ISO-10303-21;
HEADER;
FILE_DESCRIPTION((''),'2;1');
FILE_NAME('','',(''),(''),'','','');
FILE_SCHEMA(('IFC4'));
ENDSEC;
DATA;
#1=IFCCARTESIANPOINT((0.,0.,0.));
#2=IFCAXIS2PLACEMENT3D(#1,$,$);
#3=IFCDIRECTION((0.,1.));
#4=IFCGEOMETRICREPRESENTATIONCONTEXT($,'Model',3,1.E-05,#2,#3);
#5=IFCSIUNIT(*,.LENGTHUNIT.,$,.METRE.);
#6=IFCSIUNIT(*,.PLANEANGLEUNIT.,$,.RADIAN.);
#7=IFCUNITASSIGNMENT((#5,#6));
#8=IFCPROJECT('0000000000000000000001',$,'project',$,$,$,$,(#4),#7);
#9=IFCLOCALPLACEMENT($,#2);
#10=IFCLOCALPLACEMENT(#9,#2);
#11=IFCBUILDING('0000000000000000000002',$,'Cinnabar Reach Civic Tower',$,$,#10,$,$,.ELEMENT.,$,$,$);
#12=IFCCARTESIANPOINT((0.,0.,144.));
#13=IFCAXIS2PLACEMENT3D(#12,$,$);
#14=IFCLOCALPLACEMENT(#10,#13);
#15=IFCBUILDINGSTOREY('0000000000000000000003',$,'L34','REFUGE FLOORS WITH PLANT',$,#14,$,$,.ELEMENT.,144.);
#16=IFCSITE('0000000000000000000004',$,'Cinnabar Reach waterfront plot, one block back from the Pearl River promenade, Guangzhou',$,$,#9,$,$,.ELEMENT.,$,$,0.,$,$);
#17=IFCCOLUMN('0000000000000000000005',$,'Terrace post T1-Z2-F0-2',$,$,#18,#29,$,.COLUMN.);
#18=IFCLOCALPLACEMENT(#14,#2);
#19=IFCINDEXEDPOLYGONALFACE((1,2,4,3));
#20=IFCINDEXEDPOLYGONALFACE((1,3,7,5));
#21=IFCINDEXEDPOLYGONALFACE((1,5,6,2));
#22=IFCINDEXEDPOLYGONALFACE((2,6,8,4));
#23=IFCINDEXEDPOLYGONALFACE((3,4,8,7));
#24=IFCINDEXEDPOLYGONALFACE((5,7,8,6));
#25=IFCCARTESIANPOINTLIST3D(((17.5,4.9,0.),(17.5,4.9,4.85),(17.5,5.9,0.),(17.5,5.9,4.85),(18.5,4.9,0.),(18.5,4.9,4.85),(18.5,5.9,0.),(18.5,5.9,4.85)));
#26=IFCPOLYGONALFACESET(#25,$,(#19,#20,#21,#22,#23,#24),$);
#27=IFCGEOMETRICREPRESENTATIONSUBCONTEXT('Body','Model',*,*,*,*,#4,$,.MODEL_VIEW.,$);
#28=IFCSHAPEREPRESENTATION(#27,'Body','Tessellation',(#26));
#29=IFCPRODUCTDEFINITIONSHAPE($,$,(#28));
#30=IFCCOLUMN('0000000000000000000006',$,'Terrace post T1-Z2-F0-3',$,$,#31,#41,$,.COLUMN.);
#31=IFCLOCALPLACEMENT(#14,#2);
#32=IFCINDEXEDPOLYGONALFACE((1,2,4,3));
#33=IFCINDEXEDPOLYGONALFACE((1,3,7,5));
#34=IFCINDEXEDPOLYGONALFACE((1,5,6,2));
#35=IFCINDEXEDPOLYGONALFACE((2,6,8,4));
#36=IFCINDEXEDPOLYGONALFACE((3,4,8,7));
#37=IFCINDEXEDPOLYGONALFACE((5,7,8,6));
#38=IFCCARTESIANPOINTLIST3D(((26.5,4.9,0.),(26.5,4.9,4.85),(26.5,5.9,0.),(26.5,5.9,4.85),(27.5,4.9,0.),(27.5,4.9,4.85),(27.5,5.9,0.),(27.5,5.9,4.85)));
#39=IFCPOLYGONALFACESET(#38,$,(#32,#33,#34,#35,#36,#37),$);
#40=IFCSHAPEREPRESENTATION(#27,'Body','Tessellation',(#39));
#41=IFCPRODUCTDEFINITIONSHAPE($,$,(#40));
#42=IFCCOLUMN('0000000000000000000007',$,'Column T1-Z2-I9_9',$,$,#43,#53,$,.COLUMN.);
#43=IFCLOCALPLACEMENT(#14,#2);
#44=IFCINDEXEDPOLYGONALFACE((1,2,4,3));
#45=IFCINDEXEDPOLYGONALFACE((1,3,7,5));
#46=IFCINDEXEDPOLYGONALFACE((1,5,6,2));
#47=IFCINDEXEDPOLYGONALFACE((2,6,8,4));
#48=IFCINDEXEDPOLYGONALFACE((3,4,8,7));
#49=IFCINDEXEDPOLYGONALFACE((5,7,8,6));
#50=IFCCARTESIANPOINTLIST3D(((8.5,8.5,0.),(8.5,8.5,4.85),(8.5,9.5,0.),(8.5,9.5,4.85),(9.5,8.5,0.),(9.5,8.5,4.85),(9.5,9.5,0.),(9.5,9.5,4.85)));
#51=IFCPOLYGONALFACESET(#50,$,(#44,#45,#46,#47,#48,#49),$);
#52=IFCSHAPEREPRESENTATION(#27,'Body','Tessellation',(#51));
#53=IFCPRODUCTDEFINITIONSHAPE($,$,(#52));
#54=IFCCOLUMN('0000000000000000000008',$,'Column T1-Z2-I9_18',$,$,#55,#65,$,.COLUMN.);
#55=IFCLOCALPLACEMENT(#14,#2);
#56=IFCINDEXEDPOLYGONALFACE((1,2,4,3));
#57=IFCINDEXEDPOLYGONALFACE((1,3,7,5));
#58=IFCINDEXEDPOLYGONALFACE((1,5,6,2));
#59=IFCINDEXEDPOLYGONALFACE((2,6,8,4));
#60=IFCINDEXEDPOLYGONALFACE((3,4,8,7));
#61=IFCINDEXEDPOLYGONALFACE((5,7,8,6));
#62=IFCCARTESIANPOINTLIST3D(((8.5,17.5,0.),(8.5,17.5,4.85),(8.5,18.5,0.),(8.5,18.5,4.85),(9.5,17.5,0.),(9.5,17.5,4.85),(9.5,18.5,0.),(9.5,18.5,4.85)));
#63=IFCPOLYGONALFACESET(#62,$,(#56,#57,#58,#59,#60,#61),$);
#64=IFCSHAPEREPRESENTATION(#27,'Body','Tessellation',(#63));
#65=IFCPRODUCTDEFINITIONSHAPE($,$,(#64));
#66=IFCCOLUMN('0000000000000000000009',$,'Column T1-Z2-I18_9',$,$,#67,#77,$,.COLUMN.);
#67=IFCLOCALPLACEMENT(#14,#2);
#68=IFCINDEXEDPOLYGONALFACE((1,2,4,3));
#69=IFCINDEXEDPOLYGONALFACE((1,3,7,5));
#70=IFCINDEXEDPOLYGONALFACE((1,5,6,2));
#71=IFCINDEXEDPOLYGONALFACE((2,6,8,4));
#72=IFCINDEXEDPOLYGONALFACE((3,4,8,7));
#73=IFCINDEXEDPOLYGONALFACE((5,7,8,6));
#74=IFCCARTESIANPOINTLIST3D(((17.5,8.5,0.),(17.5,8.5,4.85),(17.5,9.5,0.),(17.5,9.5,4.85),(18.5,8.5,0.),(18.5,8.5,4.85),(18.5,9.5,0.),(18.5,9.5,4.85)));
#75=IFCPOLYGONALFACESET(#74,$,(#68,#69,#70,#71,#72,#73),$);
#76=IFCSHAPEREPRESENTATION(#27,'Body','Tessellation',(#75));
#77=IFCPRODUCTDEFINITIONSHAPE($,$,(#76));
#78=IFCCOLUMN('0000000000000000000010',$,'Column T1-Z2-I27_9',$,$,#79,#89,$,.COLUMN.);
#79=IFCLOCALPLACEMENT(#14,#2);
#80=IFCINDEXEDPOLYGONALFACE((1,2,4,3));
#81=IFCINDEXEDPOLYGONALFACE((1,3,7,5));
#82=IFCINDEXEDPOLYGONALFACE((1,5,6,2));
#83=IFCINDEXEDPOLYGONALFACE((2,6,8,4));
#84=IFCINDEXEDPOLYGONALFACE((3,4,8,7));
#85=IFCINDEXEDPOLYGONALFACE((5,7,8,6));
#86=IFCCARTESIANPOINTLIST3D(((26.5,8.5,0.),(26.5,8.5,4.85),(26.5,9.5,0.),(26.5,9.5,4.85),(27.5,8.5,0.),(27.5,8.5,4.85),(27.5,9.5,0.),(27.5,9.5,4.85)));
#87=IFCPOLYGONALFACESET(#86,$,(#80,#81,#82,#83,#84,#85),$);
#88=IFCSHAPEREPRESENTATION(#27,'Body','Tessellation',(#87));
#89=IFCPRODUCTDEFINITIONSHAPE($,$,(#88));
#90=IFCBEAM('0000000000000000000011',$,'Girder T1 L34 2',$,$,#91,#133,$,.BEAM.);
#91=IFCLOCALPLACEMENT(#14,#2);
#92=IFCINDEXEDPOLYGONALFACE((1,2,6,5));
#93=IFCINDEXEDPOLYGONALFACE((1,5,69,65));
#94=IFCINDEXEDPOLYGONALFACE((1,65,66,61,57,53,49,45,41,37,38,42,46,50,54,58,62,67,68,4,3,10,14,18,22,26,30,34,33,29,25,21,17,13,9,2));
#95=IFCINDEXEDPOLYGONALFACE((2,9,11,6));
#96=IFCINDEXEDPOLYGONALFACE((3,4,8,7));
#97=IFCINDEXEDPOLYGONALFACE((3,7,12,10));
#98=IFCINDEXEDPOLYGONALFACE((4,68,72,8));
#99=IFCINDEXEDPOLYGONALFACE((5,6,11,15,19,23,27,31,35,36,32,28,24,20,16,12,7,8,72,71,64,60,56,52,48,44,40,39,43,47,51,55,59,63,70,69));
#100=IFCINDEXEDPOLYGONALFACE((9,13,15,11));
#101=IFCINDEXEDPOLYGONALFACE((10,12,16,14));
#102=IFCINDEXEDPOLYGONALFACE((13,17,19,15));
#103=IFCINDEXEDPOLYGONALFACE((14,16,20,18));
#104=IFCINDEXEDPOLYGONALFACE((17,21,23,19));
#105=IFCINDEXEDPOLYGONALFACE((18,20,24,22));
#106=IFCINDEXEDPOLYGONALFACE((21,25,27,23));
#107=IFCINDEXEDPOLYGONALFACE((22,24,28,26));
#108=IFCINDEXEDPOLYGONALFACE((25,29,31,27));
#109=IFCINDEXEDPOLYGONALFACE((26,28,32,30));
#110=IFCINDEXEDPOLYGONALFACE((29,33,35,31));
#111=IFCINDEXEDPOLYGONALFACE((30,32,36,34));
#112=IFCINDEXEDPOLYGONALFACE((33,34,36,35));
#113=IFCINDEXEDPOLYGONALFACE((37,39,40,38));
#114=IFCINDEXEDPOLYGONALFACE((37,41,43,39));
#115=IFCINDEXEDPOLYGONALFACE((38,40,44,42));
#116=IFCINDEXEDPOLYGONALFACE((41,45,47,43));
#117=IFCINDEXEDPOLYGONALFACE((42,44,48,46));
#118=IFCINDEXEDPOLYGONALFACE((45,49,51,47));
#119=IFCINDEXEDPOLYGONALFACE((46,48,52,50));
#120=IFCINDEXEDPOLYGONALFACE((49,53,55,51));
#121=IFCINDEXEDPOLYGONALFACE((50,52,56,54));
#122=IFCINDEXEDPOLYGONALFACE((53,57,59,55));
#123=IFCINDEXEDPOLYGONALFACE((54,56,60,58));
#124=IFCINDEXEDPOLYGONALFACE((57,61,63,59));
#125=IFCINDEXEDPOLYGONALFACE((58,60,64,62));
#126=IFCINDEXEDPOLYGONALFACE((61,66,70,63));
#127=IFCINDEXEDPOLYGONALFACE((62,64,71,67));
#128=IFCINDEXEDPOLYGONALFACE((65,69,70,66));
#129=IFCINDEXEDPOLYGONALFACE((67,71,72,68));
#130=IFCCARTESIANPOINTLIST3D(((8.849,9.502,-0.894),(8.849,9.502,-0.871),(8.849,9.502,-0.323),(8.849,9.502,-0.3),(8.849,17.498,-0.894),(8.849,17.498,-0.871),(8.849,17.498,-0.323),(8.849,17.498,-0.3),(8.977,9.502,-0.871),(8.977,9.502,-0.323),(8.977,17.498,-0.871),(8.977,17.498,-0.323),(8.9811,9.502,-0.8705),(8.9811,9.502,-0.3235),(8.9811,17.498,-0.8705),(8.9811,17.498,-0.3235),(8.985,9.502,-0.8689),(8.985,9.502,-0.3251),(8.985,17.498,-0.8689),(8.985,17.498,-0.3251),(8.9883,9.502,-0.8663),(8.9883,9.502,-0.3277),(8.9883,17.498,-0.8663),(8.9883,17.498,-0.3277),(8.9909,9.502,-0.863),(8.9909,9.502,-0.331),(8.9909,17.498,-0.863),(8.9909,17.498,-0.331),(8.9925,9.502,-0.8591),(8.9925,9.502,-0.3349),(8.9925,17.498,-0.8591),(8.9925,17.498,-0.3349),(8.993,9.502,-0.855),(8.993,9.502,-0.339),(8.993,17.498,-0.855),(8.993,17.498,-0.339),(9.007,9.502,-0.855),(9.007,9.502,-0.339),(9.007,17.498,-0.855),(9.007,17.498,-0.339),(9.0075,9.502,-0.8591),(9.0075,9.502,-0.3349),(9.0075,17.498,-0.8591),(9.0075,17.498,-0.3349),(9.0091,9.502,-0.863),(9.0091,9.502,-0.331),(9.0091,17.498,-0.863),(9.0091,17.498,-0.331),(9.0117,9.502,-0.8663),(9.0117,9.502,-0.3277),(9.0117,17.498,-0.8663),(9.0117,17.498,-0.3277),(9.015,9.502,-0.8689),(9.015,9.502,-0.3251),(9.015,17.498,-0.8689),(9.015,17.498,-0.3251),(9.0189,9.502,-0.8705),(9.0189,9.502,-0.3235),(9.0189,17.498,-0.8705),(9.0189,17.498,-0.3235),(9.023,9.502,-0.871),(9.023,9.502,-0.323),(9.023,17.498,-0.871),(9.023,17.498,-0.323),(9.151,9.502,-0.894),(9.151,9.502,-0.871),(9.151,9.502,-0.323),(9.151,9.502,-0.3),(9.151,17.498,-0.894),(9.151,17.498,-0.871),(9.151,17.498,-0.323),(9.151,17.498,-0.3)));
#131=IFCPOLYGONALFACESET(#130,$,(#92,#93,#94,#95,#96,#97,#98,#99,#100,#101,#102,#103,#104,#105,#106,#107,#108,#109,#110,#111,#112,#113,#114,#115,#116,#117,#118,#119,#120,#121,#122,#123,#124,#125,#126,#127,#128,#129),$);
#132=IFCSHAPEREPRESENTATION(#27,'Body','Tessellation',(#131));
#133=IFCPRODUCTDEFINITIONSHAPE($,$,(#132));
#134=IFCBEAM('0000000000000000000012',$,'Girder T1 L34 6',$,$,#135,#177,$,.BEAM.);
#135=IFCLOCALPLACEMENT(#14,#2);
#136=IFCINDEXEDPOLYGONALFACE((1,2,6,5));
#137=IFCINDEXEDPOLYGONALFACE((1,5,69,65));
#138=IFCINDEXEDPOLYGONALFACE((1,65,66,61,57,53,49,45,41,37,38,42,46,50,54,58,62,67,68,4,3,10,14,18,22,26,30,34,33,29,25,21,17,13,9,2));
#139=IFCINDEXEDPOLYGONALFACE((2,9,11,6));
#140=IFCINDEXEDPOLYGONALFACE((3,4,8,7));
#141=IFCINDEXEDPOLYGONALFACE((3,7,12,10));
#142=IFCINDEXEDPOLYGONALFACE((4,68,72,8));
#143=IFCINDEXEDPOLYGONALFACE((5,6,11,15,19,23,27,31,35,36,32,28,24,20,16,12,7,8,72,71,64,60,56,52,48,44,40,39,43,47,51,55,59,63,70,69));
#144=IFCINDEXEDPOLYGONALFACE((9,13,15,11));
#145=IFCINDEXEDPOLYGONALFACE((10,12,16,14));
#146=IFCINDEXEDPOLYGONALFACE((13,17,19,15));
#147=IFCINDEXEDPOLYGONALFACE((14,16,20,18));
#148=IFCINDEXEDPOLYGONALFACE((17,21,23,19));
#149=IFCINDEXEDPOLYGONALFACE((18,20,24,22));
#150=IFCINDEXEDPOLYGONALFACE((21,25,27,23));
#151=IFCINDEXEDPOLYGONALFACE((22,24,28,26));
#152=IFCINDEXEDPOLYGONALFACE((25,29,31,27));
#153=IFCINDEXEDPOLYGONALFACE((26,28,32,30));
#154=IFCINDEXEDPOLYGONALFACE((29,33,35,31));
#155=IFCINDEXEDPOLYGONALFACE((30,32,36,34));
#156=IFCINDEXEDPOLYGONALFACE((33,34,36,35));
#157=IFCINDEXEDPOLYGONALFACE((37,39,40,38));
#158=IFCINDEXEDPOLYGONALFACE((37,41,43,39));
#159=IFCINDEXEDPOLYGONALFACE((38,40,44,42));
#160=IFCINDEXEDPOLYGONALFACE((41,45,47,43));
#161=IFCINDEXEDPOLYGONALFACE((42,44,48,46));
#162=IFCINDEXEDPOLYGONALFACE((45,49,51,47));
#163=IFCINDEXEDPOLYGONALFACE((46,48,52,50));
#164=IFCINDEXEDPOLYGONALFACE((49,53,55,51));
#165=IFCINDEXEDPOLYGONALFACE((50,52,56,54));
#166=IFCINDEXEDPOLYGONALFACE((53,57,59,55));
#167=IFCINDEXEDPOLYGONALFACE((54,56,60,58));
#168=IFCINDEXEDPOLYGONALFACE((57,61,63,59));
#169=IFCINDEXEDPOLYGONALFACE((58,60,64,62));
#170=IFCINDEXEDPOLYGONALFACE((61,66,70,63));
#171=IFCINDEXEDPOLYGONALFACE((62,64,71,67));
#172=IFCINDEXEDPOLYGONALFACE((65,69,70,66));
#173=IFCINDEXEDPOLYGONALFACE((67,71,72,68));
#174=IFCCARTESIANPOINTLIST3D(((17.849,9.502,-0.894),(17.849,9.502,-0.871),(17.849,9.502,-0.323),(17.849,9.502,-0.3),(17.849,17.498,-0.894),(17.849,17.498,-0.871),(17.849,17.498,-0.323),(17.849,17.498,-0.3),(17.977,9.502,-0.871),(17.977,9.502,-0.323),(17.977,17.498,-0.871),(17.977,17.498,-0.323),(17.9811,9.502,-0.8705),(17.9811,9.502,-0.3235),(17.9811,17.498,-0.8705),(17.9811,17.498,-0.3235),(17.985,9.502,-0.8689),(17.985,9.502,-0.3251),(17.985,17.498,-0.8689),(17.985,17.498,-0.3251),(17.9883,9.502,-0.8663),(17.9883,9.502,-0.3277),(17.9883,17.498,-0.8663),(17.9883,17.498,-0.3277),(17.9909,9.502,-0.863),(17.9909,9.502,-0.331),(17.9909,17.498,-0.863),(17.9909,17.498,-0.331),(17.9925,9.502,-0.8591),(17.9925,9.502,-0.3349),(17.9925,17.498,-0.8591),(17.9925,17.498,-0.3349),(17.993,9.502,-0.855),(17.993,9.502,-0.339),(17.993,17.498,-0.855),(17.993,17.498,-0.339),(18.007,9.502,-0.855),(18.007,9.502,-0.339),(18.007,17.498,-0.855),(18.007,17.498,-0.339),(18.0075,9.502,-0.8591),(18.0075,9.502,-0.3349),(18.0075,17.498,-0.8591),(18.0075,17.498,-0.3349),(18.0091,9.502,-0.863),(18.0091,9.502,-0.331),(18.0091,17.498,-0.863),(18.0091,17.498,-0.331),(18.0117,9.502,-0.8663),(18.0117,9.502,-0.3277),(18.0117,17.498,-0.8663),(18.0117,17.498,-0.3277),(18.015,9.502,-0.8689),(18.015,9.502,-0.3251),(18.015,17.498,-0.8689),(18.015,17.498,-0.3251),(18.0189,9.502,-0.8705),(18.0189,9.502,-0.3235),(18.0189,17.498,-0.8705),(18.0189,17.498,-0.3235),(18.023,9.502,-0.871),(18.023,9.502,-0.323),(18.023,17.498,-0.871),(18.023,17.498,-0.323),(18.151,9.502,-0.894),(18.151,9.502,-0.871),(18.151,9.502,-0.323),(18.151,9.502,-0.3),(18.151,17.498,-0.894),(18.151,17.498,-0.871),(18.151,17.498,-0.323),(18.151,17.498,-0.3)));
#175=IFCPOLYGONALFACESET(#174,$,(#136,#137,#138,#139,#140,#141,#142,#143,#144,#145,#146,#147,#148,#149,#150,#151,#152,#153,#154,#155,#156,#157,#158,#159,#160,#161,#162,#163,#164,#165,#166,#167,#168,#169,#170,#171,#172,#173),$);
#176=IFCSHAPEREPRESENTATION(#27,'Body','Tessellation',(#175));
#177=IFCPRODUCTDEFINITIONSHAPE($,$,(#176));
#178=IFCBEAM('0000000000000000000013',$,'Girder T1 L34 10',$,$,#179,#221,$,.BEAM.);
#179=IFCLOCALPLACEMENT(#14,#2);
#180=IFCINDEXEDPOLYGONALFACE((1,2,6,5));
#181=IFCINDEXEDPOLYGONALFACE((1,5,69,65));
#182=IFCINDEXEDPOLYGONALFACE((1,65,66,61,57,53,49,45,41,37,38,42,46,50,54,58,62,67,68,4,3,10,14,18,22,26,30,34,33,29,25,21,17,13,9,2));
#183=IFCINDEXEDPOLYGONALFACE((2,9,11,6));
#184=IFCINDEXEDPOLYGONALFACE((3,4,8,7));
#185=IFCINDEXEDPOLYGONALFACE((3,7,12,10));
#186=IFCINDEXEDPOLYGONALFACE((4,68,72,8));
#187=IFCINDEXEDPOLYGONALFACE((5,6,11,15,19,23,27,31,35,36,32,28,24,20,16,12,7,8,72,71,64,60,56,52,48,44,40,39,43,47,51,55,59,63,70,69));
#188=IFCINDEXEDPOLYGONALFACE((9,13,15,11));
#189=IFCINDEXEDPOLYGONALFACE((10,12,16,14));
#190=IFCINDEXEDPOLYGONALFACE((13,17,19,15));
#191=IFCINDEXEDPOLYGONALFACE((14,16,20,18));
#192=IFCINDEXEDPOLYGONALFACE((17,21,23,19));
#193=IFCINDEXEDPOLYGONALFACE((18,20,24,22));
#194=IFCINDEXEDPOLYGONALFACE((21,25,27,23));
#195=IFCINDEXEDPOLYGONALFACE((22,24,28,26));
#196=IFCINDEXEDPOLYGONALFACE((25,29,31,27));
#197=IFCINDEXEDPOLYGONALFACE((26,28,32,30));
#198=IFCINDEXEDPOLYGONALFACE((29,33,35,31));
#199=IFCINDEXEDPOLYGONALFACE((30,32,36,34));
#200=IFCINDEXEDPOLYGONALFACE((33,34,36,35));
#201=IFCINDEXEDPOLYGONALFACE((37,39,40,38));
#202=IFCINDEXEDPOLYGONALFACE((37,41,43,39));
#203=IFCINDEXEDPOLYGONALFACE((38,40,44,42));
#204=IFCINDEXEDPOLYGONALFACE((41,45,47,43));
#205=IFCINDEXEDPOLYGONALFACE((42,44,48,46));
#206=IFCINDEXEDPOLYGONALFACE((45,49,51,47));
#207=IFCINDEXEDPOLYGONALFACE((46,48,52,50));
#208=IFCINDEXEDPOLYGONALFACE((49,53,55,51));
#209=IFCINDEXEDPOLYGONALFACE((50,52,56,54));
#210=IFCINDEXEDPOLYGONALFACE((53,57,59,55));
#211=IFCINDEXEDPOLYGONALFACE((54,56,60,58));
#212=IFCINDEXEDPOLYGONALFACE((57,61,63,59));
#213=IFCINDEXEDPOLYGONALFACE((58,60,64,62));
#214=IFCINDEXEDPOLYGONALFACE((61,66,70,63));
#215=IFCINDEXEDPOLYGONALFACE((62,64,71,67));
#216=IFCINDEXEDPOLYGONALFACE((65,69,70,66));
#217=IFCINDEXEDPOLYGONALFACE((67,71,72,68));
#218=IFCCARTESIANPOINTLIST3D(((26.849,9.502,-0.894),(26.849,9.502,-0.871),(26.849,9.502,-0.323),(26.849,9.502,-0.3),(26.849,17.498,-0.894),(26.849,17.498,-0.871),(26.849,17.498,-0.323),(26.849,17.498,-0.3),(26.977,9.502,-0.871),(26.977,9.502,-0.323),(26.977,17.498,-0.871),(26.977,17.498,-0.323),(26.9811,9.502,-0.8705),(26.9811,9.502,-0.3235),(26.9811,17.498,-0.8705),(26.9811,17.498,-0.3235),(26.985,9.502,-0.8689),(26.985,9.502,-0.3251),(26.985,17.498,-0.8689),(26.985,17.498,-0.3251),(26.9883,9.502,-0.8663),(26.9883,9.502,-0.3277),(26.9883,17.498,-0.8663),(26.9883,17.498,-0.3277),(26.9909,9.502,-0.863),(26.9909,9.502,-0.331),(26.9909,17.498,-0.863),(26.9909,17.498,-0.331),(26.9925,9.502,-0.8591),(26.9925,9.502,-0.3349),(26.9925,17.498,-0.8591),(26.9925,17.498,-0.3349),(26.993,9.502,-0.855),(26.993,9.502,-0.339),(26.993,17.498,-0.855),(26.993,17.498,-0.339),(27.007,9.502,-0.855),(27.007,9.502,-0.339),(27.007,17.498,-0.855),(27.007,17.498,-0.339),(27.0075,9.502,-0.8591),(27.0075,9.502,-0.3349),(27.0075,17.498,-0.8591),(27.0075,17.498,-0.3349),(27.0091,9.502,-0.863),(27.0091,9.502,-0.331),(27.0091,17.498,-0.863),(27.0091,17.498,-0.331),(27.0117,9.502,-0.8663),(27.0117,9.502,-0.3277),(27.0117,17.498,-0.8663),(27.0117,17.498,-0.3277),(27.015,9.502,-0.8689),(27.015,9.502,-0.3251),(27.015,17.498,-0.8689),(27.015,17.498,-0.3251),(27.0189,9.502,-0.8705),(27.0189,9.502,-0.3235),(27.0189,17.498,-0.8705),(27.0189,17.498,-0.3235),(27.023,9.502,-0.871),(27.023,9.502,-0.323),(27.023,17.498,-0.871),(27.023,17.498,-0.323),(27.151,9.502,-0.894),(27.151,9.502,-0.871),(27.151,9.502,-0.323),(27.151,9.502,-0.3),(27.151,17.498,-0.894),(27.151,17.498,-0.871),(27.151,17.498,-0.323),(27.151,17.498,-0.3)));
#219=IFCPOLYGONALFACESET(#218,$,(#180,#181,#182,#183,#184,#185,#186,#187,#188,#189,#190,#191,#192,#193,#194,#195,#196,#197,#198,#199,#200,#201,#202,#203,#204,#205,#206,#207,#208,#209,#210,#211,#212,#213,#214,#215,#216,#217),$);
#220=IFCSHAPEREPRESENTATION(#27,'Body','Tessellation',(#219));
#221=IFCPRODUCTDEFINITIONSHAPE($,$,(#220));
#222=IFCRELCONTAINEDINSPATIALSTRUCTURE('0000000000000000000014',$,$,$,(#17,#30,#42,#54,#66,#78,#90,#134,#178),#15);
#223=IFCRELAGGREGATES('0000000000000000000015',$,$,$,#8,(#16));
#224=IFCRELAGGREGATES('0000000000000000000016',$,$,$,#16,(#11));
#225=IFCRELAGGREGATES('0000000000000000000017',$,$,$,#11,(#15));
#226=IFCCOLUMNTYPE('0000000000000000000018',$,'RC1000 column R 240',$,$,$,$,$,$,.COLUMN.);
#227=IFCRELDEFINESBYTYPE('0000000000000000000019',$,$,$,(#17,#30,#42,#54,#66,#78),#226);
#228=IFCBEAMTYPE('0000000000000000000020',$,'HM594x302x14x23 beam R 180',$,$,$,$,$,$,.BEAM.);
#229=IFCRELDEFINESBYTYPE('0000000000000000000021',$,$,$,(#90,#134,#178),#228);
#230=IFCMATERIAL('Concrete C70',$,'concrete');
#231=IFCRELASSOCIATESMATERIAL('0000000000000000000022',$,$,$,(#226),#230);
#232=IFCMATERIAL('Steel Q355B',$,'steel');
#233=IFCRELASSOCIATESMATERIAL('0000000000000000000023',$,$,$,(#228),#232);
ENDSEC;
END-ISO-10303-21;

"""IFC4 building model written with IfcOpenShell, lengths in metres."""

from ifc_helpers import new_model, si_unit, direction, frame, origin, origin_2d, place, context, subcontext, project, spatial, rectangle, i_section, extrude, material, material_profile, profile_set, type_object, element, save


model = new_model("IFC4")

# Units and contexts
model_context = context("Model", 3, precision=1e-05, world=origin(), true_north=direction((0.0, 1.0)))
body_context = subcontext(model_context, "Body", "Model", "MODEL_VIEW")
ifc_project = project(units=[si_unit("LENGTHUNIT", "METRE"), si_unit("PLANEANGLEUNIT", "RADIAN")], contexts=[model_context])

# Site, building, storey
site_placement = place(None, origin())
site = spatial("IfcSite", under=ifc_project, at=site_placement, Name="Cinnabar Reach waterfront plot, one block back from the Pearl River promenade, Guangzhou", CompositionType="ELEMENT", RefElevation=0.0)
building_placement = place(site_placement, origin())
building = spatial("IfcBuilding", under=site, at=building_placement, Name="Cinnabar Reach Civic Tower", CompositionType="ELEMENT")
storey_placement = place(building_placement, frame((0.0, 0.0, 144.0)))
storey = spatial("IfcBuildingStorey", under=building, at=storey_placement, Name="L34", Description="REFUGE FLOORS WITH PLANT", CompositionType="ELEMENT", Elevation=144.0)

# Columns
ifc_material_1 = material(Name="Concrete C70", Category="concrete")
ifc_material_profile_1 = material_profile(ifc_material_1, rectangle(XDim=1.0, YDim=1.0, at=origin_2d()), Name="RC1000")
ifc_profile_set_1 = profile_set([ifc_material_profile_1], Name="Concrete C70")
column_type = type_object("IfcColumnType", Name="RC1000 column R 240", PredefinedType="COLUMN", material=ifc_profile_set_1)
for number, where, z_axis, x_axis, name in (
    (1, (18.0, 5.4, 0.0), (0.0, 0.0, 1.0), (1.0, 0.0, 0.0), "Terrace post T1-Z2-F0-2"),
    (2, (27.0, 5.4, 0.0), (0.0, 0.0, 1.0), (1.0, 0.0, 0.0), "Terrace post T1-Z2-F0-3"),
    (3, (9.0, 9.0, 0.0), (0.0, 0.0, 1.0), (1.0, 0.0, 0.0), "Column T1-Z2-I9_9"),
    (4, (9.0, 18.0, 0.0), (0.0, 0.0, 1.0), (1.0, 0.0, 0.0), "Column T1-Z2-I9_18"),
    (5, (18.0, 9.0, 0.0), (0.0, 0.0, 1.0), (1.0, 0.0, 0.0), "Column T1-Z2-I18_9"),
    (6, (27.0, 9.0, 0.0), (0.0, 0.0, 1.0), (1.0, 0.0, 0.0), "Column T1-Z2-I27_9"),
):
    element("IfcColumn", number, at=place(storey_placement, frame(where, z_axis=z_axis, x_axis=x_axis)), inside=storey, type_object=column_type, Name=name, PredefinedType="COLUMN", context=body_context, shape_type="SweptSolid", body=[
        extrude(rectangle(XDim=1.0, YDim=1.0, at=origin_2d()), origin(), (0.0, 0.0, 1.0), 4.85),
    ])

# Beams
ifc_material_2 = material(Name="Steel Q355B", Category="steel")
ifc_material_profile_2 = material_profile(ifc_material_2, i_section(OverallWidth=0.302, OverallDepth=0.594, WebThickness=0.014, FlangeThickness=0.023, FilletRadius=0.016, at=origin_2d()), Name="HM594x302x14x23")
ifc_profile_set_2 = profile_set([ifc_material_profile_2], Name="Steel Q355B")
beam_type_1 = type_object("IfcBeamType", Name="HM594x302x14x23 beam R 180", PredefinedType="BEAM", material=ifc_profile_set_2)
for number, where, z_axis, x_axis, name in (
    (7, (9.0, 9.502, -0.597), (0.0, 1.0, 0.0), (-1.0, 0.0, 0.0), "Girder T1 L34 2"),
    (8, (18.0, 9.502, -0.597), (0.0, 1.0, 0.0), (-1.0, 0.0, 0.0), "Girder T1 L34 6"),
    (9, (27.0, 9.502, -0.597), (0.0, 1.0, 0.0), (-1.0, 0.0, 0.0), "Girder T1 L34 10"),
):
    element("IfcBeam", number, at=place(storey_placement, frame(where, z_axis=z_axis, x_axis=x_axis)), inside=storey, type_object=beam_type_1, Name=name, PredefinedType="BEAM", context=body_context, shape_type="SweptSolid", body=[
        extrude(i_section(OverallWidth=0.302, OverallDepth=0.594, WebThickness=0.014, FlangeThickness=0.023, FilletRadius=0.016, at=origin_2d()), origin(), (0.0, 0.0, 1.0), 7.996),
    ])

save(model, "model.ifc")
